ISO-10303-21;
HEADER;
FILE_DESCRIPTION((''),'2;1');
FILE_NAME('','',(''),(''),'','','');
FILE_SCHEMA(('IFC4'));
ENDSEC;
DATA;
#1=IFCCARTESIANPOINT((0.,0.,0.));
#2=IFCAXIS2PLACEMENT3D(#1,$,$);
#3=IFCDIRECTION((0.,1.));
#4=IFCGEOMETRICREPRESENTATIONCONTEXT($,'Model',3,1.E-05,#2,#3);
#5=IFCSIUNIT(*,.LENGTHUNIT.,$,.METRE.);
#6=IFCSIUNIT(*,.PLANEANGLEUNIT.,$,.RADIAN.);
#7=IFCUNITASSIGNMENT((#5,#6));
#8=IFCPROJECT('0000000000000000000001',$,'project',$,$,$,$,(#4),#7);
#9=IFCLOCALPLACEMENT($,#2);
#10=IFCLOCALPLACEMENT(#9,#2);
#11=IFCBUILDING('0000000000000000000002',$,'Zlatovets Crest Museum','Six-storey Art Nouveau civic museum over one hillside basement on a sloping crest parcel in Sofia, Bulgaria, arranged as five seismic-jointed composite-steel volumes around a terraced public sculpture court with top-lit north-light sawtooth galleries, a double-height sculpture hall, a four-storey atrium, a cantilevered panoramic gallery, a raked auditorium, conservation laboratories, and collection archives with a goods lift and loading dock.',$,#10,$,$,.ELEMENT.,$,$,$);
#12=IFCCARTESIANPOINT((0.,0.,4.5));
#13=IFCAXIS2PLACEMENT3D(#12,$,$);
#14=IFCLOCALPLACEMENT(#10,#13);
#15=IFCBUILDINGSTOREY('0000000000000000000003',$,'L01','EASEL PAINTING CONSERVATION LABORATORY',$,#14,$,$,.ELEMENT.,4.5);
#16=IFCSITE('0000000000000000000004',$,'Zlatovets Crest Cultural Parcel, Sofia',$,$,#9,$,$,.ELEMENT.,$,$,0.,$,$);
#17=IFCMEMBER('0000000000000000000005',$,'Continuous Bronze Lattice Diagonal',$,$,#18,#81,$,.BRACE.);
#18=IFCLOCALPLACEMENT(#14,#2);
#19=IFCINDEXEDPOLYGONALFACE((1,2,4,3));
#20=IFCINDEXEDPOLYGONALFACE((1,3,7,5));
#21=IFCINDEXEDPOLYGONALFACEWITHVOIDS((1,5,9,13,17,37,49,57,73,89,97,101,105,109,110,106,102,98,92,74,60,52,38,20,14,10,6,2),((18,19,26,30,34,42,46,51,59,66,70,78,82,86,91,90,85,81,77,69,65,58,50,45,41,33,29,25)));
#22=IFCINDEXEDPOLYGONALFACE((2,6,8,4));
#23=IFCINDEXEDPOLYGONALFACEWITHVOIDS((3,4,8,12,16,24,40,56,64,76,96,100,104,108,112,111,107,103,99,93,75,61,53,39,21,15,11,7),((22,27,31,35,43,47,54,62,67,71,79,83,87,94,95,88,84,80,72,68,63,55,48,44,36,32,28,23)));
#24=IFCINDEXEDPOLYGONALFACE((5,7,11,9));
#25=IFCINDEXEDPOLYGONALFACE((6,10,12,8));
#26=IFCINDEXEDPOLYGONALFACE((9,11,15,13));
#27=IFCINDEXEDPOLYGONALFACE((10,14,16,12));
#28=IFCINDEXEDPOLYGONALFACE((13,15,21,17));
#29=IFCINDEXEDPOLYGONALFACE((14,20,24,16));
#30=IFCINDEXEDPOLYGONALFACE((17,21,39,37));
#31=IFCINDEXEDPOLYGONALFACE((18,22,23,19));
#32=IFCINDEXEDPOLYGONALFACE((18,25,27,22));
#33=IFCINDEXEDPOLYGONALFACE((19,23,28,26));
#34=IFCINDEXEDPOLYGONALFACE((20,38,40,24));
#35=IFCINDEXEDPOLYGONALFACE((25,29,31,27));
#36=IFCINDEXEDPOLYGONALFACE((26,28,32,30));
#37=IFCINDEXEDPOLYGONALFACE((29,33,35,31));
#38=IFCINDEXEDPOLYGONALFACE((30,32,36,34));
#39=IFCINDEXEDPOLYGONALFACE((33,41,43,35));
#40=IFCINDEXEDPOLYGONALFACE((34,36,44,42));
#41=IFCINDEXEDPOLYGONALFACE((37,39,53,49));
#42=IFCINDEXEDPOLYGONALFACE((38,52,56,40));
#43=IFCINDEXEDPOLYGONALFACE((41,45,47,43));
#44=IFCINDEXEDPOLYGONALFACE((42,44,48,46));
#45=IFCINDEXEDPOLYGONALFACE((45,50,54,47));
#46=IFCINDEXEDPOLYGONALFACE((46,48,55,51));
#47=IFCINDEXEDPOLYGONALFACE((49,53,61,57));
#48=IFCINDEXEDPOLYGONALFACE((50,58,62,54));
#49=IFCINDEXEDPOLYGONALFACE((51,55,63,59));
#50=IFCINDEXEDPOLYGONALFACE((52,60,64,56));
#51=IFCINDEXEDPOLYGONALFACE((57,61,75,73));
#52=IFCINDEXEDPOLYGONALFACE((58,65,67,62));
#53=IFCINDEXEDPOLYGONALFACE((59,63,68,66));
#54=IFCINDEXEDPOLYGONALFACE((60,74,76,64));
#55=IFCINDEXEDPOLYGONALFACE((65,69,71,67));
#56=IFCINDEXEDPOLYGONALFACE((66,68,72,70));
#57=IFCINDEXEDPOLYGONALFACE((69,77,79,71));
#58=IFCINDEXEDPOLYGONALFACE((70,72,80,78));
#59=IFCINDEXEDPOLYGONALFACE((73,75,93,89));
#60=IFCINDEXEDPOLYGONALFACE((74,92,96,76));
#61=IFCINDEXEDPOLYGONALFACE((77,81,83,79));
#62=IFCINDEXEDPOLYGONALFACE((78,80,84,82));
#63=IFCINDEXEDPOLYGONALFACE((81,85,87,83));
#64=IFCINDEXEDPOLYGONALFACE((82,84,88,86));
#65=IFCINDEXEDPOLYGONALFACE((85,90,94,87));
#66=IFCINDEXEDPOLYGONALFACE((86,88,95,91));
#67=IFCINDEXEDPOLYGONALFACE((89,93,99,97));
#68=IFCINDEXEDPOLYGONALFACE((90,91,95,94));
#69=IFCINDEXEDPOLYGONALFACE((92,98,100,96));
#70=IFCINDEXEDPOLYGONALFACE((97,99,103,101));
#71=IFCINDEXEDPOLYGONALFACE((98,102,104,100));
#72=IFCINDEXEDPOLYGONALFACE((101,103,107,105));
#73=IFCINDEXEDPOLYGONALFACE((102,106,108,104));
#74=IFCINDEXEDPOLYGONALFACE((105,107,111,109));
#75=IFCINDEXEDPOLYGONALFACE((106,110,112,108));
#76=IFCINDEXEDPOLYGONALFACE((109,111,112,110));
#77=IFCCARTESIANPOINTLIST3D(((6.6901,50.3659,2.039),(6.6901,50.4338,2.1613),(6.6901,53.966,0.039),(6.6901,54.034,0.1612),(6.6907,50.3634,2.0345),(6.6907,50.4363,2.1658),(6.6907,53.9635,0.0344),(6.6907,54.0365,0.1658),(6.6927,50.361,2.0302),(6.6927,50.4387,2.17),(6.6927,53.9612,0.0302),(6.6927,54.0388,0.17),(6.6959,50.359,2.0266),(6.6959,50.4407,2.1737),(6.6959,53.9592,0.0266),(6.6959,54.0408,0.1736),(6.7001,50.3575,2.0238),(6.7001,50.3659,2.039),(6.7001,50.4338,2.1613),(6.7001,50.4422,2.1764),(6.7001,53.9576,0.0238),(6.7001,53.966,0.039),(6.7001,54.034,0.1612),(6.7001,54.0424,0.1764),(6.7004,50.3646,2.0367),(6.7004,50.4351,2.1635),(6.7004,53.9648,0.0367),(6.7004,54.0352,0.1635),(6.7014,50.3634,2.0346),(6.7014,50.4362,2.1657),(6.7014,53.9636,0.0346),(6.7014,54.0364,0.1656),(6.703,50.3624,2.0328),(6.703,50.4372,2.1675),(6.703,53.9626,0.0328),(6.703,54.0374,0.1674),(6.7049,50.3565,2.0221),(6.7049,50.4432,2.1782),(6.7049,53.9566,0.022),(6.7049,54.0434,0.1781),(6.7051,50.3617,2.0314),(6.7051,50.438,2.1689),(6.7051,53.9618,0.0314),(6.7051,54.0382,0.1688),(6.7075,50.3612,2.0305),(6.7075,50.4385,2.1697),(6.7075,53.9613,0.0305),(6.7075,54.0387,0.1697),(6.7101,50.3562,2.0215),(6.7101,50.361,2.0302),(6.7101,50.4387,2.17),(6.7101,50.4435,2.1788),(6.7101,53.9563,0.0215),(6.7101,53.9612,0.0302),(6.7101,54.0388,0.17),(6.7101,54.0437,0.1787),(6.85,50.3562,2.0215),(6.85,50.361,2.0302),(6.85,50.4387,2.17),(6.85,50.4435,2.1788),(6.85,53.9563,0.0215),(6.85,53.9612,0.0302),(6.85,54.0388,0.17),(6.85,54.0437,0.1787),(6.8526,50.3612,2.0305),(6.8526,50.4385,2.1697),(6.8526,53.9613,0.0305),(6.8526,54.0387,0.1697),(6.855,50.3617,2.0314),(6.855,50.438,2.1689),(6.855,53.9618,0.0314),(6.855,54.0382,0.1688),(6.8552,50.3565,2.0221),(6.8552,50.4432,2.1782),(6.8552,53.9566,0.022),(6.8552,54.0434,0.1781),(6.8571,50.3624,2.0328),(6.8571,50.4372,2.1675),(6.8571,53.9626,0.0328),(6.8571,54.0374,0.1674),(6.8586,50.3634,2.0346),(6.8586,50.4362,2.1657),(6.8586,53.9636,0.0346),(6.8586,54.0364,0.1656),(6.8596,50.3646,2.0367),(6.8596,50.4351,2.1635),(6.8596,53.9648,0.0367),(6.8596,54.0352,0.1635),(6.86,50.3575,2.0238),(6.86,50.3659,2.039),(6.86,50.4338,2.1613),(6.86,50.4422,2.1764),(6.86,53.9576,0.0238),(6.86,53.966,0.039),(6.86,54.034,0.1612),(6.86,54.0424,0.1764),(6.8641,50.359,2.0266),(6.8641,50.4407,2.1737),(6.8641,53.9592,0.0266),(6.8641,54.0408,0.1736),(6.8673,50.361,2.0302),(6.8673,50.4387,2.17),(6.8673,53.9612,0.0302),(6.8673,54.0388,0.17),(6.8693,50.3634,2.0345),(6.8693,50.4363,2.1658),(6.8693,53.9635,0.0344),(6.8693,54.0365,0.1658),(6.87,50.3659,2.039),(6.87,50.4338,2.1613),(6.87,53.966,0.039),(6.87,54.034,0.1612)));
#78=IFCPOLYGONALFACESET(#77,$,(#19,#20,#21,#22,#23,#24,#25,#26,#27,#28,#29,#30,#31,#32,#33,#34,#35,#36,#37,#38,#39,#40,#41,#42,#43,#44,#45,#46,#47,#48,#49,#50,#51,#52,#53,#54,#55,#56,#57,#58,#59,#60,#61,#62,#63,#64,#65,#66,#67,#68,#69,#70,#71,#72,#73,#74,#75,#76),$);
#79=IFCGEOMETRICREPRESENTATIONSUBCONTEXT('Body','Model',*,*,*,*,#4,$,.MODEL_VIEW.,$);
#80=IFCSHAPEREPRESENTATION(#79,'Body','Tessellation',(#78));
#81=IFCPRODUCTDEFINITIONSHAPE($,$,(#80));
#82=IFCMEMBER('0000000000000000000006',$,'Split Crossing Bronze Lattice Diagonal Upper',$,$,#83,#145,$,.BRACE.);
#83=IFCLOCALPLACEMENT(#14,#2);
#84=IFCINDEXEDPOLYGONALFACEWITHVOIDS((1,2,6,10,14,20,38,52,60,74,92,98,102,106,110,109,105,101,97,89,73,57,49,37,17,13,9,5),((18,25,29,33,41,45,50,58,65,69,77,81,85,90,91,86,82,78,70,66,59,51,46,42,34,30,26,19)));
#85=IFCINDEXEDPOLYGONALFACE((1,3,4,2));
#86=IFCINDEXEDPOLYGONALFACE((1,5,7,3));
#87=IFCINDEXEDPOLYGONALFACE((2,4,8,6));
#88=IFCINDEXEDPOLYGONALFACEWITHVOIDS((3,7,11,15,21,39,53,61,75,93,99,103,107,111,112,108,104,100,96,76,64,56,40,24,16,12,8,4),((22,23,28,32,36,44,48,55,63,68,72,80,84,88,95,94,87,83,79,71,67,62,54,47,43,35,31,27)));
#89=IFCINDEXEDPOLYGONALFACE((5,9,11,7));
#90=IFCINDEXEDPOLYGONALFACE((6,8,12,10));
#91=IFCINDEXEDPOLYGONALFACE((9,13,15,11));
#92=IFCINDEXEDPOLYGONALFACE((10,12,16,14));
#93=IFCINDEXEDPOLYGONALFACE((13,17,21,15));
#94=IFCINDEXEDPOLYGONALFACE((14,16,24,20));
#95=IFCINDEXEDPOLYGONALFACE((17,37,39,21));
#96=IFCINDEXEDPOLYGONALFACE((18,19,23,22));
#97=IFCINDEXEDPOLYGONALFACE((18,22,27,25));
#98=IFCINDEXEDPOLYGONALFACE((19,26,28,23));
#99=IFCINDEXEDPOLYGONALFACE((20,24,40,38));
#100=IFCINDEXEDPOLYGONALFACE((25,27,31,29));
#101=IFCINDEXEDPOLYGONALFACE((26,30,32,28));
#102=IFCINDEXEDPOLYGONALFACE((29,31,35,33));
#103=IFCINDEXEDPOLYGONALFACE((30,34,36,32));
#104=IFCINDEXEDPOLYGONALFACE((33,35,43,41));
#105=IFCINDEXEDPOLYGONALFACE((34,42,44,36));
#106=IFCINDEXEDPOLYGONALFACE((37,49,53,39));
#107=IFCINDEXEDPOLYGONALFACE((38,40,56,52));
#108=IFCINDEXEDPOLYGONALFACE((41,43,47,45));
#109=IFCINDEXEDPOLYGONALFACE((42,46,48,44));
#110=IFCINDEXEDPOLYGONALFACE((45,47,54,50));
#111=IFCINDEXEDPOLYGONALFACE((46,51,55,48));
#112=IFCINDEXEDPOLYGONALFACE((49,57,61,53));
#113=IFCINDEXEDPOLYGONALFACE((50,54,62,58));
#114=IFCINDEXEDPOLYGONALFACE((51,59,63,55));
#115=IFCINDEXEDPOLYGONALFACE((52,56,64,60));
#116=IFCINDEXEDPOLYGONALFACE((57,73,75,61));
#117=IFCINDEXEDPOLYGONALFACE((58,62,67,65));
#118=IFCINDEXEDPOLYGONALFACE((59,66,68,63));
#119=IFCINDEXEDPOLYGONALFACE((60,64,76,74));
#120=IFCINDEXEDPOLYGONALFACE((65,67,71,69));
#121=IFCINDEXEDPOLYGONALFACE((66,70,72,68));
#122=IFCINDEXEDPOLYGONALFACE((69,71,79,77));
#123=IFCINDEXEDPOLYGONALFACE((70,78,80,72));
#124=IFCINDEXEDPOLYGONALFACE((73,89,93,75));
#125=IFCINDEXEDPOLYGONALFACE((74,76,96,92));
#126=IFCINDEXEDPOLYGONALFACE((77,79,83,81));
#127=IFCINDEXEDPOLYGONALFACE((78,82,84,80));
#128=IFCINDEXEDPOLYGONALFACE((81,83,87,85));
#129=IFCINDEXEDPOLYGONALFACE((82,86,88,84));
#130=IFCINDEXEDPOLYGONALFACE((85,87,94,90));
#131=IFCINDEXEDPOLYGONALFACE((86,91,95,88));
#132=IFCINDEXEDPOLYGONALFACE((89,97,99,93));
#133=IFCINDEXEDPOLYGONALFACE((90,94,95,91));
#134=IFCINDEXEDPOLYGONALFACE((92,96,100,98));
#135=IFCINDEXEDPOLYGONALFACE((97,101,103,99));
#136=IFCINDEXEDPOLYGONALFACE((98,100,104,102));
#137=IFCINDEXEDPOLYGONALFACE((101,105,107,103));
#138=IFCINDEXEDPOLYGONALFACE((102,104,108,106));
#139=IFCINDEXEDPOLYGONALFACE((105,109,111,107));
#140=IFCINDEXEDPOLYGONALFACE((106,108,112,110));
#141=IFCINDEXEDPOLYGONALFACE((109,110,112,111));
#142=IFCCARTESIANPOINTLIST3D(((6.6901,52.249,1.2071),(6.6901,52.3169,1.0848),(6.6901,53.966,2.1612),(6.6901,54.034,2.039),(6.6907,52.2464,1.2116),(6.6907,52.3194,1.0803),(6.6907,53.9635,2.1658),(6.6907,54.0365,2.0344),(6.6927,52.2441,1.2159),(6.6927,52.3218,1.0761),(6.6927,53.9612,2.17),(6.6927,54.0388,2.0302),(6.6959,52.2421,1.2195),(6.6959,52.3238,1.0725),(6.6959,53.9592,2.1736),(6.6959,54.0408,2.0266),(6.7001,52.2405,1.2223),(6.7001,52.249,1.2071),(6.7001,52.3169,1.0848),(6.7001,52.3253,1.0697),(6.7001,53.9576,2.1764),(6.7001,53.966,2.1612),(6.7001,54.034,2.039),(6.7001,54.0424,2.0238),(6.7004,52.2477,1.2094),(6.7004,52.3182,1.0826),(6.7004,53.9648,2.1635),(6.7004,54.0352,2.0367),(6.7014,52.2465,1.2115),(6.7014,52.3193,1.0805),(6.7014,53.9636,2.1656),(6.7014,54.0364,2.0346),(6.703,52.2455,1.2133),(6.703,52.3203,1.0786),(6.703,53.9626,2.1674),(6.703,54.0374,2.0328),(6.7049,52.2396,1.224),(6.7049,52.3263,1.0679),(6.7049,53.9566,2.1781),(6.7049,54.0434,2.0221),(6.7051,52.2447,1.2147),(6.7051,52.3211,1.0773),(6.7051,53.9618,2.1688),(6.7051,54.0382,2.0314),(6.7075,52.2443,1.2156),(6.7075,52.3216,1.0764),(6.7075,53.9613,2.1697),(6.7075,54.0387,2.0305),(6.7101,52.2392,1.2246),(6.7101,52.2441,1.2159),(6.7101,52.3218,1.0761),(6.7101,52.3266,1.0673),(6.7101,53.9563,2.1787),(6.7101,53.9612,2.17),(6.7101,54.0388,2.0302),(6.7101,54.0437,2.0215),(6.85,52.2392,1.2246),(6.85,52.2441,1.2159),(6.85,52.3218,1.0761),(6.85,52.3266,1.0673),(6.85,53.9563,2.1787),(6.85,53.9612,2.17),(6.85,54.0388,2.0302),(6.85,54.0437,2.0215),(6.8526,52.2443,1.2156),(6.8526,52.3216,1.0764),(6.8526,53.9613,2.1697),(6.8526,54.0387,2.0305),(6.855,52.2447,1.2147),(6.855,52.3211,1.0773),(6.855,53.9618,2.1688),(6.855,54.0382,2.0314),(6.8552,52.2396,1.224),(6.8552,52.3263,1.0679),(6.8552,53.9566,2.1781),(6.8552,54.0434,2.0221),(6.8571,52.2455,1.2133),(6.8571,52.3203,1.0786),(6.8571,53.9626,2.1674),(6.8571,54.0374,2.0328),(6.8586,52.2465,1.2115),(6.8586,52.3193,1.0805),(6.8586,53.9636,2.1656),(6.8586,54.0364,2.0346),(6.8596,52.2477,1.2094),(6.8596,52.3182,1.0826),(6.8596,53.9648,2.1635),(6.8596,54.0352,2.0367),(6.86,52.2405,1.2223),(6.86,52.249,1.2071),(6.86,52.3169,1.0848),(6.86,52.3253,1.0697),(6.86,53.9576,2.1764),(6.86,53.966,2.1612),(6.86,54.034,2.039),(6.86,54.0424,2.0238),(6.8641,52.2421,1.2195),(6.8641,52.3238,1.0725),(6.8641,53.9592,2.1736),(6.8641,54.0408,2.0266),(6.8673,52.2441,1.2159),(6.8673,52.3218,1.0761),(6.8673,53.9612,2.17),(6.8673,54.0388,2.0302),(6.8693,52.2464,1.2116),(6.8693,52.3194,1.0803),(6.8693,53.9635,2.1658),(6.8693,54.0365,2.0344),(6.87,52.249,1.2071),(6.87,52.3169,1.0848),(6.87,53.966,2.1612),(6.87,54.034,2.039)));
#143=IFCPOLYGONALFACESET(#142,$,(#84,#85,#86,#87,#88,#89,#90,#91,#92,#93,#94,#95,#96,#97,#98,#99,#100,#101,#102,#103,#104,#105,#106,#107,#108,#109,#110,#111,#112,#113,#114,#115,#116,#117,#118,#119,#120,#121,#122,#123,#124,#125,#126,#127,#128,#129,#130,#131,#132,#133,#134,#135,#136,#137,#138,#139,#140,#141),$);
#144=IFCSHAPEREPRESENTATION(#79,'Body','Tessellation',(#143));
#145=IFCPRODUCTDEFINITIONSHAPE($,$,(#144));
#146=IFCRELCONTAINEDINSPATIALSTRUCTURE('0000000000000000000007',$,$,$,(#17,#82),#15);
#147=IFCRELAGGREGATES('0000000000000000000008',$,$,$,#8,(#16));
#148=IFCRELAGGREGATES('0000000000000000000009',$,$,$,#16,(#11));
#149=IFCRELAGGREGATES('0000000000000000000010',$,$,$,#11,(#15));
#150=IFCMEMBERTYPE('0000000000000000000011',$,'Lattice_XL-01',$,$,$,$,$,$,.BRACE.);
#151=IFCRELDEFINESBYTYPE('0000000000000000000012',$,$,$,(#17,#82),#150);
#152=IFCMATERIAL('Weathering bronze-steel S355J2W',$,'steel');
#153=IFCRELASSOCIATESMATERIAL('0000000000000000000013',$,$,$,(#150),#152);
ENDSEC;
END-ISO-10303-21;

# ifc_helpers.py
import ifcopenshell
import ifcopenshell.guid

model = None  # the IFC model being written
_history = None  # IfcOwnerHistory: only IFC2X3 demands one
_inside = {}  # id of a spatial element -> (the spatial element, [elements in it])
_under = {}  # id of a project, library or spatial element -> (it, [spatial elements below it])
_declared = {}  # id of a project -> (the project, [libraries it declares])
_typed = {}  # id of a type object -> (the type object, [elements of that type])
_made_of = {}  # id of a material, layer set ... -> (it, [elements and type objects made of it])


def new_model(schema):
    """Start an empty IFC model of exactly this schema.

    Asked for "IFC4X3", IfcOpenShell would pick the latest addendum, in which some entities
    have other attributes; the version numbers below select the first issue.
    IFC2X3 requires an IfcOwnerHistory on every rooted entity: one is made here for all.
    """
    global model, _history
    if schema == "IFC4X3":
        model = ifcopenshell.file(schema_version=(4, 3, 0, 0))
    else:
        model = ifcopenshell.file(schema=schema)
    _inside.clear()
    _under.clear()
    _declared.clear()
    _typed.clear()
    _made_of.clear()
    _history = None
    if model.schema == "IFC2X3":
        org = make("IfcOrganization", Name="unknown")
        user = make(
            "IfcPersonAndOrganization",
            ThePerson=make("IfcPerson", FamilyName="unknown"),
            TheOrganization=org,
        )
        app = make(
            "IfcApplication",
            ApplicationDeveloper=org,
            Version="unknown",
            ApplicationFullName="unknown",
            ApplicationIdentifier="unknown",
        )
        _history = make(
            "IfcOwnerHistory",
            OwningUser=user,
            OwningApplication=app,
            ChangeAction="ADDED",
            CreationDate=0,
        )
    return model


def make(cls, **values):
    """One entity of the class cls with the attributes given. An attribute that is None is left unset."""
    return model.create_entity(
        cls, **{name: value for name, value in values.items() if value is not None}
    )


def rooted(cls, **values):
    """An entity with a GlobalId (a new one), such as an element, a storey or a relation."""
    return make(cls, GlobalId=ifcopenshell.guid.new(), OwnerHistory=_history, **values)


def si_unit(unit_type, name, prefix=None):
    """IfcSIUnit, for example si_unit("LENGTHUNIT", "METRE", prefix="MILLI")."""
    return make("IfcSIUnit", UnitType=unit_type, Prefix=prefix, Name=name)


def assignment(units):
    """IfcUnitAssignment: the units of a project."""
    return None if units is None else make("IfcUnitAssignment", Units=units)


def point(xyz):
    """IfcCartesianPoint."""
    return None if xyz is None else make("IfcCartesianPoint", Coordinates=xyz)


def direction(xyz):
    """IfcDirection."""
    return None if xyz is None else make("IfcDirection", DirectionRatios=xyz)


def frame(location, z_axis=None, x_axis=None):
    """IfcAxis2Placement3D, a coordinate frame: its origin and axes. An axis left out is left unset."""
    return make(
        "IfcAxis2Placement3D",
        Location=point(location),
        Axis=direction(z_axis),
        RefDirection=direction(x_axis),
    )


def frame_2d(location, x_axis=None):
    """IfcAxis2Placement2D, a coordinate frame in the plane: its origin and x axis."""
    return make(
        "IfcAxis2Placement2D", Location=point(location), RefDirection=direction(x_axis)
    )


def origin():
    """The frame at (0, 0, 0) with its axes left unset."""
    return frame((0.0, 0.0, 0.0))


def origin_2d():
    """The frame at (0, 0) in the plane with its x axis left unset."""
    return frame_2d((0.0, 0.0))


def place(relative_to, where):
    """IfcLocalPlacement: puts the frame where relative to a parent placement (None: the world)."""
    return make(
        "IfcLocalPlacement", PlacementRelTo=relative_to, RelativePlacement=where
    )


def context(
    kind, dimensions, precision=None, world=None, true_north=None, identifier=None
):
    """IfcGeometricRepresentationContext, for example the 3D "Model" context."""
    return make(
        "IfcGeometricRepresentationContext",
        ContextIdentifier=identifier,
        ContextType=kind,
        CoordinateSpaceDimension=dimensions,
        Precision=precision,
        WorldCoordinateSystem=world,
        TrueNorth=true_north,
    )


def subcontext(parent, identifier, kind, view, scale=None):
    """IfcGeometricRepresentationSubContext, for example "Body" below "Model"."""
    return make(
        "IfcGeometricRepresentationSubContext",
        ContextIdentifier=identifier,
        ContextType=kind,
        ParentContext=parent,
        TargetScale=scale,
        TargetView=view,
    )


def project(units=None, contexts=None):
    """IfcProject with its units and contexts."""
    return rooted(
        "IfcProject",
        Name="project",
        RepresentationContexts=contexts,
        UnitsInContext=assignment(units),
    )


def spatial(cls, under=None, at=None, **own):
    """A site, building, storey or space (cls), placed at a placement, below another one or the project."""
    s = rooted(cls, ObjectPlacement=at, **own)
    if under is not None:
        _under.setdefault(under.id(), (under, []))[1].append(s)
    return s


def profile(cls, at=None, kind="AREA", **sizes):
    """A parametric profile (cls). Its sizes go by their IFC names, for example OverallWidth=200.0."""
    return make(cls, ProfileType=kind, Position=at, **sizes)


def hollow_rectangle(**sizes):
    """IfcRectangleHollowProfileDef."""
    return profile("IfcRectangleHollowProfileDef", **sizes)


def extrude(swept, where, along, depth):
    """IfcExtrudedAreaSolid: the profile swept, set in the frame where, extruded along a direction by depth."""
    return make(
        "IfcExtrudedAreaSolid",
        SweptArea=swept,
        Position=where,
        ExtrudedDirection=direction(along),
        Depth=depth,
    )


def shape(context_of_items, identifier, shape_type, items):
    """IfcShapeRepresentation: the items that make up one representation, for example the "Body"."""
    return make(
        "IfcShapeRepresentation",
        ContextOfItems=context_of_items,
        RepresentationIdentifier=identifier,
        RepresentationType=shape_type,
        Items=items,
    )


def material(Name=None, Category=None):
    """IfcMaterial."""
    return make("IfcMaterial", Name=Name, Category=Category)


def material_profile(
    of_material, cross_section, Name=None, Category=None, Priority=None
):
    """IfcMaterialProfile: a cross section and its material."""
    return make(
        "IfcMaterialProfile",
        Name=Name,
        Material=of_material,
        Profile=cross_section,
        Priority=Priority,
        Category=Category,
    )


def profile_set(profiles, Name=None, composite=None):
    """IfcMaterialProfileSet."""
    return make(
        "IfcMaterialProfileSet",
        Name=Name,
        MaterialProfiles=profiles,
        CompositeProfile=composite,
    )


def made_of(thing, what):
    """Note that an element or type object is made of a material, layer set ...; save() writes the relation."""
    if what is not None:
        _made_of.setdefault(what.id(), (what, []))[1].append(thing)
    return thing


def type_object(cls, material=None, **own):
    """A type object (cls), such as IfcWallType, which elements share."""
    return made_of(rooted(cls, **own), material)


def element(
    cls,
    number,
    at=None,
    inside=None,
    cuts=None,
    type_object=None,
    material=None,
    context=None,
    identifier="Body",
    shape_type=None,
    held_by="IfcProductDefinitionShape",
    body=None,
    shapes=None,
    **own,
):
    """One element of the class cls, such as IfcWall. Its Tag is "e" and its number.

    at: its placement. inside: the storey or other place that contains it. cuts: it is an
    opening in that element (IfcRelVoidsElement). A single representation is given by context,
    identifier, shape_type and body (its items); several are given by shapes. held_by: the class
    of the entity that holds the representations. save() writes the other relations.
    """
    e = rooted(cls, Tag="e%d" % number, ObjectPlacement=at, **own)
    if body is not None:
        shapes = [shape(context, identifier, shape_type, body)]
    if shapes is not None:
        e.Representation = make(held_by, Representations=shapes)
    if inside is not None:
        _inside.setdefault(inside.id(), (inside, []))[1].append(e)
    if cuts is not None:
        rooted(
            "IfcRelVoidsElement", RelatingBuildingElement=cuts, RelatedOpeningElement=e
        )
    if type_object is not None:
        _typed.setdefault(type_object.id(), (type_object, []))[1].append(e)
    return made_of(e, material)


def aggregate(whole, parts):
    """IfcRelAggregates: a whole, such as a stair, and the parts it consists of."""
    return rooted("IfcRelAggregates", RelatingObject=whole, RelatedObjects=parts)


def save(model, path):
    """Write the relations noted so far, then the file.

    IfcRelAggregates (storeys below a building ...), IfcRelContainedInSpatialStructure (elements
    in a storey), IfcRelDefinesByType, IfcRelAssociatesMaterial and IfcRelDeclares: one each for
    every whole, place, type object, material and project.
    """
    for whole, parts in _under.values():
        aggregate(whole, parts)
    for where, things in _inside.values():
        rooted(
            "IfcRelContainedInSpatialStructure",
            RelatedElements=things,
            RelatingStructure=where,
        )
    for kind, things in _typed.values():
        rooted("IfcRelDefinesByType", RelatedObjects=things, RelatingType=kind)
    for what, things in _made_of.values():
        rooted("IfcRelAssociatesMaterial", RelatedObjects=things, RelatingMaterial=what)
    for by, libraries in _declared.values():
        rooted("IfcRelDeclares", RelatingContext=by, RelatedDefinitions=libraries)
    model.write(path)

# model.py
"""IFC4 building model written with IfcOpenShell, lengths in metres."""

from ifc_helpers import new_model, si_unit, direction, frame, origin, origin_2d, place, context, subcontext, project, spatial, hollow_rectangle, extrude, material, material_profile, profile_set, type_object, element, save


model = new_model("IFC4")

# Units and contexts
model_context = context("Model", 3, precision=1e-05, world=origin(), true_north=direction((0.0, 1.0)))
body_context = subcontext(model_context, "Body", "Model", "MODEL_VIEW")
ifc_project = project(units=[si_unit("LENGTHUNIT", "METRE"), si_unit("PLANEANGLEUNIT", "RADIAN")], contexts=[model_context])

# Site, building, storey
site_placement = place(None, origin())
site = spatial("IfcSite", under=ifc_project, at=site_placement, Name="Zlatovets Crest Cultural Parcel, Sofia", CompositionType="ELEMENT", RefElevation=0.0)
building_placement = place(site_placement, origin())
building = spatial("IfcBuilding", under=site, at=building_placement, Name="Zlatovets Crest Museum", Description="Six-storey Art Nouveau civic museum over one hillside basement on a sloping crest parcel in Sofia, Bulgaria, arranged as five seismic-jointed composite-steel volumes around a terraced public sculpture court with top-lit north-light sawtooth galleries, a double-height sculpture hall, a four-storey atrium, a cantilevered panoramic gallery, a raked auditorium, conservation laboratories, and collection archives with a goods lift and loading dock.", CompositionType="ELEMENT")
storey_placement = place(building_placement, frame((0.0, 0.0, 4.5)))
storey = spatial("IfcBuildingStorey", under=building, at=storey_placement, Name="L01", Description="EASEL PAINTING CONSERVATION LABORATORY", CompositionType="ELEMENT", Elevation=4.5)

# Members
ifc_material_1 = material(Name="Weathering bronze-steel S355J2W", Category="steel")
ifc_material_profile_1 = material_profile(ifc_material_1, hollow_rectangle(XDim=0.1799, YDim=0.1799, WallThickness=0.01, InnerFilletRadius=0.01, OuterFilletRadius=0.02, at=origin_2d()), Name="SHS 180x180x10.0")
ifc_profile_set_1 = profile_set([ifc_material_profile_1], Name="Weathering bronze-steel S355J2W")
member_type_1 = type_object("IfcMemberType", Name="Lattice_XL-01", PredefinedType="BRACE", material=ifc_profile_set_1)
member_1_placement = place(storey_placement, frame((6.78, 54.0, 0.1001), z_axis=(0.0, -0.874163, 0.485633), x_axis=(1.0, 0.0, 0.0)))
element("IfcMember", 1, at=member_1_placement, inside=storey, type_object=member_type_1, Name="Continuous Bronze Lattice Diagonal", PredefinedType="BRACE", context=body_context, shape_type="SweptSolid", body=[
    extrude(hollow_rectangle(XDim=0.1799, YDim=0.1799, WallThickness=0.01, InnerFilletRadius=0.01, OuterFilletRadius=0.02, at=origin_2d()), origin(), (0.0, 0.0, 1.0), 4.1184),
])
member_2_placement = place(storey_placement, frame((6.78, 54.0, 2.1001), z_axis=(0.0, -0.874116, -0.485717), x_axis=(1.0, 0.0, 0.0)))
element("IfcMember", 2, at=member_2_placement, inside=storey, type_object=member_type_1, Name="Split Crossing Bronze Lattice Diagonal Upper", PredefinedType="BRACE", context=body_context, shape_type="SweptSolid", body=[
    extrude(hollow_rectangle(XDim=0.1799, YDim=0.1799, WallThickness=0.01, InnerFilletRadius=0.01, OuterFilletRadius=0.02, at=origin_2d()), origin(), (0.0, 0.0, 1.0), 1.9644),
])

save(model, "model.ifc")
